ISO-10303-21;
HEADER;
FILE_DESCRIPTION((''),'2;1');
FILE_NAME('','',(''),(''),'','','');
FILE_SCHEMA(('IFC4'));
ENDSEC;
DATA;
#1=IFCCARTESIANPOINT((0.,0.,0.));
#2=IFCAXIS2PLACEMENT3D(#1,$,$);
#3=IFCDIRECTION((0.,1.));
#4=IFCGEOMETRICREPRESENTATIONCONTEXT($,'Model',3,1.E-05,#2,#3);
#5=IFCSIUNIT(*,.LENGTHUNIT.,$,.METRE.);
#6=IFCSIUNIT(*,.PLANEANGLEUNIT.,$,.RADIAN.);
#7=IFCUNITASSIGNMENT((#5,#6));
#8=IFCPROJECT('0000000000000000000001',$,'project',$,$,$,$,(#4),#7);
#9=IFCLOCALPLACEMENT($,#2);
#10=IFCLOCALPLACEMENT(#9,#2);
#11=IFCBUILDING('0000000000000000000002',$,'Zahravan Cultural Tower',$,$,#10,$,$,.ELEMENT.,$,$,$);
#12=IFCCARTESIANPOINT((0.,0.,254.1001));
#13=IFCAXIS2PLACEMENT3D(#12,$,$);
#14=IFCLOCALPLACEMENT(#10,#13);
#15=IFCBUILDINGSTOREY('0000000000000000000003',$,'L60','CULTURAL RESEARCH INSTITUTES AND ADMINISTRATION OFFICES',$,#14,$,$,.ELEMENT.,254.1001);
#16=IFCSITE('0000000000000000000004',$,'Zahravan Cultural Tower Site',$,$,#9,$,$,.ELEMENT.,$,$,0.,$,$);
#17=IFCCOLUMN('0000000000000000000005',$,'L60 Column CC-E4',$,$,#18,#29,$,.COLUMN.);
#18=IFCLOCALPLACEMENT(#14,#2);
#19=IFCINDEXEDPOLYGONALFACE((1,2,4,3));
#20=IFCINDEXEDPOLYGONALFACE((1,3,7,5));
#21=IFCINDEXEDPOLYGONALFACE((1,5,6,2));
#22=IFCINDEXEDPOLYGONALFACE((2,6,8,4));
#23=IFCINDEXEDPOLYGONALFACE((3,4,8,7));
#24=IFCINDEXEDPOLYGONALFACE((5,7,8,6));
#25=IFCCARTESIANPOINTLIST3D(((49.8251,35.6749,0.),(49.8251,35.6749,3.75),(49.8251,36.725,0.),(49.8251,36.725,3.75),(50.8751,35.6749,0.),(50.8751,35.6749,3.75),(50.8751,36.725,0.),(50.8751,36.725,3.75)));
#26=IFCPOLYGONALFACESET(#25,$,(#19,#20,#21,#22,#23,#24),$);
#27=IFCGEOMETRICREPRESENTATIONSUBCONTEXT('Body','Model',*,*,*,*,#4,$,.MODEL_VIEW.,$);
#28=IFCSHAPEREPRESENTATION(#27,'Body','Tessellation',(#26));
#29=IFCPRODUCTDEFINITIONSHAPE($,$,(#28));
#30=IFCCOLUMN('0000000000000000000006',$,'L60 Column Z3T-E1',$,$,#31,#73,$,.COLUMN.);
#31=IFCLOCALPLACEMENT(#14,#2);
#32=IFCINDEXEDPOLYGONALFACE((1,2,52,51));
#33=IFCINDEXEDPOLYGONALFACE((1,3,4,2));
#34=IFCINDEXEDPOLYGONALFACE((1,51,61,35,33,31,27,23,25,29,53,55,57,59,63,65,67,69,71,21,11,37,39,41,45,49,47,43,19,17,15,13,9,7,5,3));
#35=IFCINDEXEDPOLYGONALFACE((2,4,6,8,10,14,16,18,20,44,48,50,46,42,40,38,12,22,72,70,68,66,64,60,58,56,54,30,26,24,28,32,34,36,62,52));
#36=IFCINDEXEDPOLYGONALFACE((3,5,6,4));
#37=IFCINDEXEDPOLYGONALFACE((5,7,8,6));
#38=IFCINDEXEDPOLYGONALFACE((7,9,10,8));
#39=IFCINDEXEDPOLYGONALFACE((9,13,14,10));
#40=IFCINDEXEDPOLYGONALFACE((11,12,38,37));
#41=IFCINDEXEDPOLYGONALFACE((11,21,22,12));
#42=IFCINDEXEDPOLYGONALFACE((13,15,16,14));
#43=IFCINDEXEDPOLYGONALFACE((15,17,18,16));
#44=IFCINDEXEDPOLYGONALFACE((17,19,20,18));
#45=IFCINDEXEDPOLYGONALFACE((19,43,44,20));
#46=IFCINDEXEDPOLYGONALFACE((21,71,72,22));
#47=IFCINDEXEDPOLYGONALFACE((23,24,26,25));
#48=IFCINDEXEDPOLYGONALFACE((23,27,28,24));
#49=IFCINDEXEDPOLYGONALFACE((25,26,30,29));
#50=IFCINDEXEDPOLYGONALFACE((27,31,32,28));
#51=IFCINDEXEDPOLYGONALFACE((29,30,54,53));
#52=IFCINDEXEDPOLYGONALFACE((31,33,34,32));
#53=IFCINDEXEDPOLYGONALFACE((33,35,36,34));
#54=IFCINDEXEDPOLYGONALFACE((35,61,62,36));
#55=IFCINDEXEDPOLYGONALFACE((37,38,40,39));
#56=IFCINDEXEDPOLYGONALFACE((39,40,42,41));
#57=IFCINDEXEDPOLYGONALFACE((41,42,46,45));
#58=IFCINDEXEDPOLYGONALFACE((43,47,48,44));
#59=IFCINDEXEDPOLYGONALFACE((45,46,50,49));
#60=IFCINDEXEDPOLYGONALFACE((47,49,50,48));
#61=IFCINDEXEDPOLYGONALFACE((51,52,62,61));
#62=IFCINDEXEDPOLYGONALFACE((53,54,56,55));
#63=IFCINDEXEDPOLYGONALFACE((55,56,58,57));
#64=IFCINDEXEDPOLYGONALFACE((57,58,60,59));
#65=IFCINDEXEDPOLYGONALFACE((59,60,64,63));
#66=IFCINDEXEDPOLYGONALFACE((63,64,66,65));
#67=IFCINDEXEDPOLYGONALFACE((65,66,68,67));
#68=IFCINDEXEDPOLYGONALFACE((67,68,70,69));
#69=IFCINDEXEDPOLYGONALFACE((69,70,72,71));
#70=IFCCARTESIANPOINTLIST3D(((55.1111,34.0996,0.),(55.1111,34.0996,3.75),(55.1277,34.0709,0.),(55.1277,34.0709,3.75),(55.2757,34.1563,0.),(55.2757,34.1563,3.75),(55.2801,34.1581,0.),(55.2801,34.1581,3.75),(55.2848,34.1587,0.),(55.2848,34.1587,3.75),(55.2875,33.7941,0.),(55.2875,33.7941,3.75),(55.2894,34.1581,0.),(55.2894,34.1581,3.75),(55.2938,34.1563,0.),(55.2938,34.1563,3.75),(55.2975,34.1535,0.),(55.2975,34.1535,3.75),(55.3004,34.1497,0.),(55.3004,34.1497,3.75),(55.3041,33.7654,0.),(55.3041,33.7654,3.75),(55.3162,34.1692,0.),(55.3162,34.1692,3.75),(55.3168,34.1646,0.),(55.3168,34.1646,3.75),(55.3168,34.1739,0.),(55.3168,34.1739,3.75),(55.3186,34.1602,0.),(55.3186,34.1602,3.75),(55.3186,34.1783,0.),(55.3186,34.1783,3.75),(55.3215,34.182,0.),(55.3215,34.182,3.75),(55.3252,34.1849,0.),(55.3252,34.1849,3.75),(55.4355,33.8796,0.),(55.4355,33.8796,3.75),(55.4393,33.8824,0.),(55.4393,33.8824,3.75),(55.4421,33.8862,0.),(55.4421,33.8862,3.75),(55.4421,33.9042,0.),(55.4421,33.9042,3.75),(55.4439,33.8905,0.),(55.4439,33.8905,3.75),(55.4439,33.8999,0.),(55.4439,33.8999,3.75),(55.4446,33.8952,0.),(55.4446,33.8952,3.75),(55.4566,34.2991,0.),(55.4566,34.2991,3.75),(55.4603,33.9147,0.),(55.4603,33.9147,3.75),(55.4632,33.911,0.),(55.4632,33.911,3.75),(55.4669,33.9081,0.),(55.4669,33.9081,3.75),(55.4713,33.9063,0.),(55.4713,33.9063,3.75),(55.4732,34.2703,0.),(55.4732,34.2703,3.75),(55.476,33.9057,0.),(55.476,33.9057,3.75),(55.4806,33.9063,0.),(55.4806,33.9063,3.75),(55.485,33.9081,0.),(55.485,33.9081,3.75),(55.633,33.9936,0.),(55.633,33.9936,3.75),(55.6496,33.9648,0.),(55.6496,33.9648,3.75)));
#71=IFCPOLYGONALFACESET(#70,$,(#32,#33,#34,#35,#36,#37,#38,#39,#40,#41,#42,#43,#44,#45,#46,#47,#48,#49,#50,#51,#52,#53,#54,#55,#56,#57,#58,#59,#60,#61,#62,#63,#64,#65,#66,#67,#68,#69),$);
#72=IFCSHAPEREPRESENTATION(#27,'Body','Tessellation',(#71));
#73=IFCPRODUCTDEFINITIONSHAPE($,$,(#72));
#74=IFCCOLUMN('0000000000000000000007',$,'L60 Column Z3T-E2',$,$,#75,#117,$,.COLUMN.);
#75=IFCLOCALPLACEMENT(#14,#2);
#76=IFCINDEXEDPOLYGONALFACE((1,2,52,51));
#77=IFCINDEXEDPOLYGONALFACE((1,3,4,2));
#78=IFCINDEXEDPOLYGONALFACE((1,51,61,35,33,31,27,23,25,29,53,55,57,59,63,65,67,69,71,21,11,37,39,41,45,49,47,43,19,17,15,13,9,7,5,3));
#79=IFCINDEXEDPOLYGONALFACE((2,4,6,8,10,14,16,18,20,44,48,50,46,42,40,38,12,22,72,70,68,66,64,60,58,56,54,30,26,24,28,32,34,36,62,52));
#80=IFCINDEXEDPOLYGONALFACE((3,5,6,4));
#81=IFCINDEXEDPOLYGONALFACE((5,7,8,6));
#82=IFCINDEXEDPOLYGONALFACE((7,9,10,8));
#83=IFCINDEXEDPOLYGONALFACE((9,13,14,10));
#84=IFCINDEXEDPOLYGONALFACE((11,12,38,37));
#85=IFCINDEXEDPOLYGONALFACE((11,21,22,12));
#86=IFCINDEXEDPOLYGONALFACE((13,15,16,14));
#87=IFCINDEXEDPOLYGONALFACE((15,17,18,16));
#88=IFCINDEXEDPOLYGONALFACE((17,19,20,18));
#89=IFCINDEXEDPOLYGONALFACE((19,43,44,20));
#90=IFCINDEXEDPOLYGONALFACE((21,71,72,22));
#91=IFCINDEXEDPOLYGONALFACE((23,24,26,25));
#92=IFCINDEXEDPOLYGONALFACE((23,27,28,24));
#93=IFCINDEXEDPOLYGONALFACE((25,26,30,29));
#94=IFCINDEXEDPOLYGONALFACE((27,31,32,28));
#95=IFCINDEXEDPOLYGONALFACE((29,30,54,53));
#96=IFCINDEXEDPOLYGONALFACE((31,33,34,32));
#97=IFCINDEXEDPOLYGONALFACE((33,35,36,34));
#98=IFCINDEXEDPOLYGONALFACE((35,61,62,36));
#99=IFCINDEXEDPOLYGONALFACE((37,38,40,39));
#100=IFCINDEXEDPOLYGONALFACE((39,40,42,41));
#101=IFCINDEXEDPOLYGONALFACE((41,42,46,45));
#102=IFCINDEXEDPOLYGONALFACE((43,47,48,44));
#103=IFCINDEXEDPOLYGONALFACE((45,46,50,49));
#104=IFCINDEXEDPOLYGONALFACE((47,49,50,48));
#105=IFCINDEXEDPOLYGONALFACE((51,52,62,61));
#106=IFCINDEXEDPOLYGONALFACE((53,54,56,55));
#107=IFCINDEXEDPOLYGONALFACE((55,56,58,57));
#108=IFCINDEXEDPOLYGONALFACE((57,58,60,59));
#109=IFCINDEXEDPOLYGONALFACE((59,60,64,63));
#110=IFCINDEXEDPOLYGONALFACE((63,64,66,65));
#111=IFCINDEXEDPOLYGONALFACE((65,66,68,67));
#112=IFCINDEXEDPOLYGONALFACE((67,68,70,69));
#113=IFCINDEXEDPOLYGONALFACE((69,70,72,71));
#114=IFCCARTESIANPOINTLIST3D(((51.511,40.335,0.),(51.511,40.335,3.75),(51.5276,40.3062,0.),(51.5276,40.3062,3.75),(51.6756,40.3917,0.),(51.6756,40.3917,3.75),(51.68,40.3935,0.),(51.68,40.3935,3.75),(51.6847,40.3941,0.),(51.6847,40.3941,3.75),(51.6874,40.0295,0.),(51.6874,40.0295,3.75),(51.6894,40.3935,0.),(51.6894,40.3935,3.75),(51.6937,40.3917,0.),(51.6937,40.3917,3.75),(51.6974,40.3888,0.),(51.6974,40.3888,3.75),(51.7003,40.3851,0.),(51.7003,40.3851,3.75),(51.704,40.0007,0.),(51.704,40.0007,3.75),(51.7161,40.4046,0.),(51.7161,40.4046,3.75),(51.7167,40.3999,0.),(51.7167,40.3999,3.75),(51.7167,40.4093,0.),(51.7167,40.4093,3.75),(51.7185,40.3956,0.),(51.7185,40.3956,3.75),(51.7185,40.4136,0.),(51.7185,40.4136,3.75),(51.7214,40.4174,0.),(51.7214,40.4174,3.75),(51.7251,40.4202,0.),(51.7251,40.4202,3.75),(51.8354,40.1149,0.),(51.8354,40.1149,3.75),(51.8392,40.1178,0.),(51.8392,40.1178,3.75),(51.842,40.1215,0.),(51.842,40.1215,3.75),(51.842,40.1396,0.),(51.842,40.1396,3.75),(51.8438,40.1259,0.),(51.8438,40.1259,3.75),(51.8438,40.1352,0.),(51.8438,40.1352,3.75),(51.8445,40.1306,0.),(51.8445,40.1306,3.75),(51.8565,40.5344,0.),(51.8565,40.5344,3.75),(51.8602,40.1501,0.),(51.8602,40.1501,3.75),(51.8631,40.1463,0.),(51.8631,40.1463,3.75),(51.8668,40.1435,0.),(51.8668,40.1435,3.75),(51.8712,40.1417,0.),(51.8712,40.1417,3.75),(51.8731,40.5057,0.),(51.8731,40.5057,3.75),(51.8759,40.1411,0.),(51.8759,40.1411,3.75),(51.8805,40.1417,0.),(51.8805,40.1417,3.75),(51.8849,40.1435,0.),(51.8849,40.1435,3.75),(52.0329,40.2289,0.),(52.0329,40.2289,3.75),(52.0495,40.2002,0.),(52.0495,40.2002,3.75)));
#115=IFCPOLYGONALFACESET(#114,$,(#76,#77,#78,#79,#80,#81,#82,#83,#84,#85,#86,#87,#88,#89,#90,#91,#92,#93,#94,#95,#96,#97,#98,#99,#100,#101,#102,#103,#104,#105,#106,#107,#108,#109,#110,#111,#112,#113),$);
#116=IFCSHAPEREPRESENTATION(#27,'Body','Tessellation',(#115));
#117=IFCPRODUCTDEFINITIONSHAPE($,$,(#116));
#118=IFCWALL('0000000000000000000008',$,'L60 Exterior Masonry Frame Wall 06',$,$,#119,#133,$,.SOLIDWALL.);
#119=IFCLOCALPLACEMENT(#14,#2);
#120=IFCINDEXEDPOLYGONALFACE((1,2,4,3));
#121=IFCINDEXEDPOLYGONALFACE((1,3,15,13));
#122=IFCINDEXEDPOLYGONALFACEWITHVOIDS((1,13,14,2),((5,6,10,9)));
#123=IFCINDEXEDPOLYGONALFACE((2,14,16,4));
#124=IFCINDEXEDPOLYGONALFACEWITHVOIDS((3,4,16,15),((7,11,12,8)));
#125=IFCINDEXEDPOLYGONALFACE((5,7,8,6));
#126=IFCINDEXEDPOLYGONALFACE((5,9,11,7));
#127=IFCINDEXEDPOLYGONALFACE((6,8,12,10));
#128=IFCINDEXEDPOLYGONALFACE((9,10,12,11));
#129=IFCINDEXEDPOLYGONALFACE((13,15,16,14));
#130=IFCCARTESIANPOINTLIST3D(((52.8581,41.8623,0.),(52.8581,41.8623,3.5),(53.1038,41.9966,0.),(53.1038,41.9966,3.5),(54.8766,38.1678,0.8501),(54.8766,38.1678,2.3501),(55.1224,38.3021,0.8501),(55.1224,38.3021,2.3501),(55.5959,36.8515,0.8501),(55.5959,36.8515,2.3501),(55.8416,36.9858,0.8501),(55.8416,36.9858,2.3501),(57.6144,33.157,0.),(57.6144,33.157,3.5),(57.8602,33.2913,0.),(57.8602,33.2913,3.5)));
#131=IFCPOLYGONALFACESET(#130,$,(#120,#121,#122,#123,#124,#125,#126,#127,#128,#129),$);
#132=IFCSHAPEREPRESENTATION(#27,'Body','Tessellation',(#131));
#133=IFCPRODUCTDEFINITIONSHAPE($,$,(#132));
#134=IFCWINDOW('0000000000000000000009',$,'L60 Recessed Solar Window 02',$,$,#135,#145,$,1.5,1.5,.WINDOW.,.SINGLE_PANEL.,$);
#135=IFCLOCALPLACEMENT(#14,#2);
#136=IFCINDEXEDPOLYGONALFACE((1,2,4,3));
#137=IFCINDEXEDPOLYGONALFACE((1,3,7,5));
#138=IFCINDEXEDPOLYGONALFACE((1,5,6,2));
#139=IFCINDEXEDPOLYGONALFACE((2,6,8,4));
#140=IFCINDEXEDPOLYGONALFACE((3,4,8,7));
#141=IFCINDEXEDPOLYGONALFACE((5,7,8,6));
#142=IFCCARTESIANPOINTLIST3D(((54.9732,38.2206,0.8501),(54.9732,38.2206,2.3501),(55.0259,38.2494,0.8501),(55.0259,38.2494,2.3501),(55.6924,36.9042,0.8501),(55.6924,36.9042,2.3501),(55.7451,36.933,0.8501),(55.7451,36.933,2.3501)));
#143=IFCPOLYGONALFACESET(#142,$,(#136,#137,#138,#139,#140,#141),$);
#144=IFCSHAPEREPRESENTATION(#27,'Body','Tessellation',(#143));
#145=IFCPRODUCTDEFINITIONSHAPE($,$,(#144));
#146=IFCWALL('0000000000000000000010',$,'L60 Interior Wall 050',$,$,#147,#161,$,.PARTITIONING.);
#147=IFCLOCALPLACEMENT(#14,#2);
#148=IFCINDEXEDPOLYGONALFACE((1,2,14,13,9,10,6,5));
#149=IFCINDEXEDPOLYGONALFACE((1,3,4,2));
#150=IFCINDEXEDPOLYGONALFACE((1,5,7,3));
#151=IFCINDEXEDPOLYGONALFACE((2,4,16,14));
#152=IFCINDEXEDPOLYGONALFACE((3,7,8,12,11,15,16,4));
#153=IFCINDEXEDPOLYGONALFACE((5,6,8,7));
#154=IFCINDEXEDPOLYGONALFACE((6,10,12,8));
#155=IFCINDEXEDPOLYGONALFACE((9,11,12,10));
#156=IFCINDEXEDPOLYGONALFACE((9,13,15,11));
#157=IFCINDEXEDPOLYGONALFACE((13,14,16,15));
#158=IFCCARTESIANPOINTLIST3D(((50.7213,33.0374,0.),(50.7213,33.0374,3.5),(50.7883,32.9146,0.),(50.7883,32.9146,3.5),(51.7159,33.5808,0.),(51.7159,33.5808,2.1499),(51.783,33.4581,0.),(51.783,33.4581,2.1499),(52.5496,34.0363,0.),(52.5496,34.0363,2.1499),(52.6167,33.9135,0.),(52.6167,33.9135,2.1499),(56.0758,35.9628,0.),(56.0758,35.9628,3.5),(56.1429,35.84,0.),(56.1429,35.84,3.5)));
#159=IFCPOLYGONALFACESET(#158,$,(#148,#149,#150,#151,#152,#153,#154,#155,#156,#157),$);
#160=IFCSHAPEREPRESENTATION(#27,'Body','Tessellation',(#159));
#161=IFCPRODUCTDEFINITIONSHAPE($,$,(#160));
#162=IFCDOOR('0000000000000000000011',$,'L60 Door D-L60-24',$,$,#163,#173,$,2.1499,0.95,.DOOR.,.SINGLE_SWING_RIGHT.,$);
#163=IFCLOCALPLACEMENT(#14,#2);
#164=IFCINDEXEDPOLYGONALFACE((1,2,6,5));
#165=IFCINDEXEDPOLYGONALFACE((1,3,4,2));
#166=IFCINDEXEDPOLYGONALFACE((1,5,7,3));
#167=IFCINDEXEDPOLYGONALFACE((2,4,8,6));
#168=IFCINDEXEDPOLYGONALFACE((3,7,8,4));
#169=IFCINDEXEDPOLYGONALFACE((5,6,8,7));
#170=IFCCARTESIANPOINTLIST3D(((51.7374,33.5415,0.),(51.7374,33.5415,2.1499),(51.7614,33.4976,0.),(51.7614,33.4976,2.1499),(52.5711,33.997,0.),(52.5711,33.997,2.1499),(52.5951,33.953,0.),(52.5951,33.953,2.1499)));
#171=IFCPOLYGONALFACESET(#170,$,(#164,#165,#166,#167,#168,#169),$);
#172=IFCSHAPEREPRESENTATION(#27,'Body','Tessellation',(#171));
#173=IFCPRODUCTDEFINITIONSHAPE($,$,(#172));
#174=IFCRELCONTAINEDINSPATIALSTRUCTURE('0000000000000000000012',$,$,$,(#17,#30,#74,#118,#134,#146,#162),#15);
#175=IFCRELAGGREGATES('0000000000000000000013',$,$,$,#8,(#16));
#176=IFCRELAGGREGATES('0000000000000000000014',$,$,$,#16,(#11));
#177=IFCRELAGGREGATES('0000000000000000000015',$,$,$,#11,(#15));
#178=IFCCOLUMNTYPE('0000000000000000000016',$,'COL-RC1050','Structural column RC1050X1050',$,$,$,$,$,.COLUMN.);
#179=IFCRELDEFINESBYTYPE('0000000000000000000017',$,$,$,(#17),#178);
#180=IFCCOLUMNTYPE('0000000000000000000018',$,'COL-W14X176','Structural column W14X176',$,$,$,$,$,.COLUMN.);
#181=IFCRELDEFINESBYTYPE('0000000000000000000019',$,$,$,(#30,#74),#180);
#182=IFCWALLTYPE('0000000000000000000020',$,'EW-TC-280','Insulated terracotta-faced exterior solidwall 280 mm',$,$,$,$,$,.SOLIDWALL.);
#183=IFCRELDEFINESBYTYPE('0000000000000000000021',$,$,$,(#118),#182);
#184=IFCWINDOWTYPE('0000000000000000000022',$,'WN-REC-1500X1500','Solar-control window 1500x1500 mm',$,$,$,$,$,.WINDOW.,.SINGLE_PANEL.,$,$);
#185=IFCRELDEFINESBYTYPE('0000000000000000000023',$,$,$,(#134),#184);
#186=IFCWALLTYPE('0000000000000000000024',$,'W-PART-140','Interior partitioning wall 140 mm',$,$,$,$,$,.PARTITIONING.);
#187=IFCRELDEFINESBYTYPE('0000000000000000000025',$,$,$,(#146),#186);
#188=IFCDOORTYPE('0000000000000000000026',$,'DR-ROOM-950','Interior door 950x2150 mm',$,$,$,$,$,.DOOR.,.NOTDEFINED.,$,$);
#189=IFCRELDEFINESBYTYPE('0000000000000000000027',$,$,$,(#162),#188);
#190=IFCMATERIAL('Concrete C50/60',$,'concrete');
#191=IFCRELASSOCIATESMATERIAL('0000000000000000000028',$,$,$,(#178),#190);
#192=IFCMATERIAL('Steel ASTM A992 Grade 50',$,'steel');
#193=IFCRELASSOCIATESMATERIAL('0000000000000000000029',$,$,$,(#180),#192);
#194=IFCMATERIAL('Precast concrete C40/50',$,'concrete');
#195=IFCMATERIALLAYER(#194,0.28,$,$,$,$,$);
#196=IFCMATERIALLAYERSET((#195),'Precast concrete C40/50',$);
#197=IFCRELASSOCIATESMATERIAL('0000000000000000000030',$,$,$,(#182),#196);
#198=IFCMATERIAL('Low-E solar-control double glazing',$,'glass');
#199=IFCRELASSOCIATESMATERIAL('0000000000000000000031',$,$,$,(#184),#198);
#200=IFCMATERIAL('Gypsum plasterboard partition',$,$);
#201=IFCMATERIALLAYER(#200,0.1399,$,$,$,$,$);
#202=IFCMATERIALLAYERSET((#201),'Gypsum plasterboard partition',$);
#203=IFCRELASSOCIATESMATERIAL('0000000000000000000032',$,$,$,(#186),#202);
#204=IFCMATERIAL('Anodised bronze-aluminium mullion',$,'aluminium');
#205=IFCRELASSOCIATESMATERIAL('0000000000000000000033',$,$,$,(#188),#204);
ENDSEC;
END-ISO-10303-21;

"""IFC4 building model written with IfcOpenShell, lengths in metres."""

from ifc_helpers import new_model, si_unit, direction, frame, frame_2d, origin, origin_2d, place, context, subcontext, project, spatial, rectangle, i_section, extrude, source, transform, mapped, material, layer, layer_set, material_profile, profile_set, type_object, element, fill, save


model = new_model("IFC4")

# Units and contexts
model_context = context("Model", 3, precision=1e-05, world=origin(), true_north=direction((0.0, 1.0)))
body_context = subcontext(model_context, "Body", "Model", "MODEL_VIEW")
ifc_project = project(units=[si_unit("LENGTHUNIT", "METRE"), si_unit("PLANEANGLEUNIT", "RADIAN")], contexts=[model_context])

# Site, building, storey
site_placement = place(None, origin())
site = spatial("IfcSite", under=ifc_project, at=site_placement, Name="Zahravan Cultural Tower Site", CompositionType="ELEMENT", RefElevation=0.0)
building_placement = place(site_placement, origin())
building = spatial("IfcBuilding", under=site, at=building_placement, Name="Zahravan Cultural Tower", CompositionType="ELEMENT")
storey_placement = place(building_placement, frame((0.0, 0.0, 254.1001)))
storey = spatial("IfcBuildingStorey", under=building, at=storey_placement, Name="L60", Description="CULTURAL RESEARCH INSTITUTES AND ADMINISTRATION OFFICES", CompositionType="ELEMENT", Elevation=254.1001)

# Columns
ifc_material_1 = material(Name="Concrete C50/60", Category="concrete")
ifc_material_profile_1 = material_profile(ifc_material_1, rectangle(XDim=1.05, YDim=1.05, at=origin_2d()), Name="RC1050X1050")
ifc_profile_set_1 = profile_set([ifc_material_profile_1], Name="Concrete C50/60")
column_type_1 = type_object("IfcColumnType", Name="COL-RC1050", Description="Structural column RC1050X1050", PredefinedType="COLUMN", material=ifc_profile_set_1)
shared_shape_1 = source(origin(), body_context, "Body", "SweptSolid", [
    extrude(rectangle(XDim=1.05, YDim=1.05, at=origin_2d()), origin(), (0.0, 0.0, 1.0), 3.75),
])
column_placement = place(storey_placement, frame((50.3501, 36.2, 0.0), z_axis=(0.0, 0.0, 1.0), x_axis=(1.0, 0.0, 0.0)))
element("IfcColumn", 1, at=column_placement, inside=storey, type_object=column_type_1, Name="L60 Column CC-E4", PredefinedType="COLUMN", context=body_context, shape_type="MappedRepresentation", body=[
    mapped(shared_shape_1, transform((0.0, 0.0, 0.0), x_axis=(1.0, 0.0, 0.0), y_axis=(0.0, 1.0, 0.0), z_axis=(0.0, 0.0, 1.0), scale=1.0)),
])
ifc_material_2 = material(Name="Steel ASTM A992 Grade 50", Category="steel")
ifc_material_profile_2 = material_profile(ifc_material_2, i_section(OverallWidth=0.3989, OverallDepth=0.386, WebThickness=0.021, FlangeThickness=0.0332, FilletRadius=0.0181, at=origin_2d()), Name="W14X176")
ifc_profile_set_2 = profile_set([ifc_material_profile_2], Name="Steel ASTM A992 Grade 50")
column_type_2 = type_object("IfcColumnType", Name="COL-W14X176", Description="Structural column W14X176", PredefinedType="COLUMN", material=ifc_profile_set_2)
shared_shape_2 = source(origin(), body_context, "Body", "SweptSolid", [
    extrude(i_section(OverallWidth=0.3989, OverallDepth=0.386, WebThickness=0.021, FlangeThickness=0.0332, FilletRadius=0.0181, at=origin_2d()), origin(), (0.0, 0.0, 1.0), 3.75),
])
for number, where, z_axis, x_axis, name in (
    (2, (55.3804, 34.0322, 0.0), (0.0, 0.0, 1.0), (0.866025, 0.5, 0.0), "L60 Column Z3T-E1"),
    (3, (51.7803, 40.2676, 0.0), (0.0, 0.0, 1.0), (0.866025, 0.5, 0.0), "L60 Column Z3T-E2"),
):
    element("IfcColumn", number, at=place(storey_placement, frame(where, z_axis=z_axis, x_axis=x_axis)), inside=storey, type_object=column_type_2, Name=name, PredefinedType="COLUMN", context=body_context, shape_type="MappedRepresentation", body=[
        mapped(shared_shape_2, transform((0.0, 0.0, 0.0), x_axis=(1.0, 0.0, 0.0), y_axis=(0.0, 1.0, 0.0), z_axis=(0.0, 0.0, 1.0), scale=1.0)),
    ])

# Wall, opening, window
ifc_material_3 = material(Name="Precast concrete C40/50", Category="concrete")
ifc_layer_1 = layer(ifc_material_3, 0.28)
ifc_layer_set_1 = layer_set([ifc_layer_1], Name="Precast concrete C40/50")
wall_type_1 = type_object("IfcWallType", Name="EW-TC-280", Description="Insulated terracotta-faced exterior solidwall 280 mm", PredefinedType="SOLIDWALL", material=ifc_layer_set_1)
wall_1_placement = place(storey_placement, frame((52.981, 41.9294, 0.0), z_axis=(0.0, 0.0, 1.0), x_axis=(0.479473, -0.877557, 0.0)))
wall_1 = element("IfcWall", 4, at=wall_1_placement, inside=storey, type_object=wall_type_1, Name="L60 Exterior Masonry Frame Wall 06", PredefinedType="SOLIDWALL", context=body_context, shape_type="SweptSolid", body=[
    extrude(rectangle(XDim=9.9199, YDim=0.28, at=frame_2d((4.96, 0.0))), origin(), (0.0, 0.0, 1.0), 3.5),
])
opening_1_placement = place(wall_1_placement, frame((4.21, 0.0, 0.8501)))
opening_1 = element("IfcOpeningElement", 5, at=opening_1_placement, cuts=wall_1, PredefinedType="OPENING", context=body_context, shape_type="SweptSolid", body=[
    extrude(rectangle(XDim=1.5, YDim=1.5, at=frame_2d((0.75, 0.75))), frame((0.0, 0.1499, 0.0), z_axis=(0.0, -1.0, 0.0), x_axis=(1.0, 0.0, 0.0)), (0.0, 0.0, 1.0), 0.3),
])
ifc_material_4 = material(Name="Low-E solar-control double glazing", Category="glass")
window_type = type_object("IfcWindowType", Name="WN-REC-1500X1500", Description="Solar-control window 1500x1500 mm", PartitioningType="SINGLE_PANEL", PredefinedType="WINDOW", material=ifc_material_4)
shared_shape_3 = source(origin(), body_context, "Body", "SweptSolid", [
    extrude(rectangle(XDim=1.5, YDim=1.5, at=frame_2d((0.75, 0.75))), frame((0.0, 0.03, 0.0), z_axis=(0.0, -1.0, 0.0), x_axis=(1.0, 0.0, 0.0)), (0.0, 0.0, 1.0), 0.0601),
])
window_placement = place(opening_1_placement, origin())
window = element("IfcWindow", 6, at=window_placement, inside=storey, type_object=window_type, Name="L60 Recessed Solar Window 02", OverallHeight=1.5, OverallWidth=1.5, PartitioningType="SINGLE_PANEL", PredefinedType="WINDOW", context=body_context, shape_type="MappedRepresentation", body=[
    mapped(shared_shape_3, transform((0.0, 0.0, 0.0), x_axis=(1.0, 0.0, 0.0), y_axis=(0.0, 1.0, 0.0), z_axis=(0.0, 0.0, 1.0), scale=1.0)),
])
fill(opening_1, window)

# Wall, opening, door
ifc_material_5 = material(Name="Gypsum plasterboard partition")
ifc_layer_2 = layer(ifc_material_5, 0.1399)
ifc_layer_set_2 = layer_set([ifc_layer_2], Name="Gypsum plasterboard partition")
wall_type_2 = type_object("IfcWallType", Name="W-PART-140", Description="Interior partitioning wall 140 mm", PredefinedType="PARTITIONING", material=ifc_layer_set_2)
wall_2_placement = place(storey_placement, frame((56.1094, 35.9014, 0.0), z_axis=(0.0, 0.0, 1.0), x_axis=(-0.877574, -0.479441, 0.0)))
wall_2 = element("IfcWall", 7, at=wall_2_placement, inside=storey, type_object=wall_type_2, Name="L60 Interior Wall 050", PredefinedType="PARTITIONING", context=body_context, shape_type="SweptSolid", body=[
    extrude(rectangle(XDim=6.1016, YDim=0.1399, at=frame_2d((3.0508, 0.0))), origin(), (0.0, 0.0, 1.0), 3.5),
])
opening_2_placement = place(wall_2_placement, frame((4.0181, 0.0, 0.0)))
opening_2 = element("IfcOpeningElement", 8, at=opening_2_placement, cuts=wall_2, PredefinedType="OPENING", context=body_context, shape_type="SweptSolid", body=[
    extrude(rectangle(XDim=0.95, YDim=2.1499, at=frame_2d((0.4751, 1.075))), frame((0.0, 0.0798, 0.0), z_axis=(0.0, -1.0, 0.0), x_axis=(1.0, 0.0, 0.0)), (0.0, 0.0, 1.0), 0.1599),
])
ifc_material_6 = material(Name="Anodised bronze-aluminium mullion", Category="aluminium")
door_type = type_object("IfcDoorType", Name="DR-ROOM-950", Description="Interior door 950x2150 mm", OperationType="NOTDEFINED", PredefinedType="DOOR", material=ifc_material_6)
shared_shape_4 = source(origin(), body_context, "Body", "SweptSolid", [
    extrude(rectangle(XDim=0.95, YDim=2.1499, at=frame_2d((0.4751, 1.075))), frame((0.0, 0.0249, 0.0), z_axis=(0.0, -1.0, 0.0), x_axis=(1.0, 0.0, 0.0)), (0.0, 0.0, 1.0), 0.05),
])
door_placement = place(opening_2_placement, origin())
door = element("IfcDoor", 9, at=door_placement, inside=storey, type_object=door_type, Name="L60 Door D-L60-24", OperationType="SINGLE_SWING_RIGHT", OverallHeight=2.1499, OverallWidth=0.95, PredefinedType="DOOR", context=body_context, shape_type="MappedRepresentation", body=[
    mapped(shared_shape_4, transform((0.0, 0.0, 0.0), x_axis=(1.0, 0.0, 0.0), y_axis=(0.0, 1.0, 0.0), z_axis=(0.0, 0.0, 1.0), scale=1.0)),
])
fill(opening_2, door)

save(model, "model.ifc")
